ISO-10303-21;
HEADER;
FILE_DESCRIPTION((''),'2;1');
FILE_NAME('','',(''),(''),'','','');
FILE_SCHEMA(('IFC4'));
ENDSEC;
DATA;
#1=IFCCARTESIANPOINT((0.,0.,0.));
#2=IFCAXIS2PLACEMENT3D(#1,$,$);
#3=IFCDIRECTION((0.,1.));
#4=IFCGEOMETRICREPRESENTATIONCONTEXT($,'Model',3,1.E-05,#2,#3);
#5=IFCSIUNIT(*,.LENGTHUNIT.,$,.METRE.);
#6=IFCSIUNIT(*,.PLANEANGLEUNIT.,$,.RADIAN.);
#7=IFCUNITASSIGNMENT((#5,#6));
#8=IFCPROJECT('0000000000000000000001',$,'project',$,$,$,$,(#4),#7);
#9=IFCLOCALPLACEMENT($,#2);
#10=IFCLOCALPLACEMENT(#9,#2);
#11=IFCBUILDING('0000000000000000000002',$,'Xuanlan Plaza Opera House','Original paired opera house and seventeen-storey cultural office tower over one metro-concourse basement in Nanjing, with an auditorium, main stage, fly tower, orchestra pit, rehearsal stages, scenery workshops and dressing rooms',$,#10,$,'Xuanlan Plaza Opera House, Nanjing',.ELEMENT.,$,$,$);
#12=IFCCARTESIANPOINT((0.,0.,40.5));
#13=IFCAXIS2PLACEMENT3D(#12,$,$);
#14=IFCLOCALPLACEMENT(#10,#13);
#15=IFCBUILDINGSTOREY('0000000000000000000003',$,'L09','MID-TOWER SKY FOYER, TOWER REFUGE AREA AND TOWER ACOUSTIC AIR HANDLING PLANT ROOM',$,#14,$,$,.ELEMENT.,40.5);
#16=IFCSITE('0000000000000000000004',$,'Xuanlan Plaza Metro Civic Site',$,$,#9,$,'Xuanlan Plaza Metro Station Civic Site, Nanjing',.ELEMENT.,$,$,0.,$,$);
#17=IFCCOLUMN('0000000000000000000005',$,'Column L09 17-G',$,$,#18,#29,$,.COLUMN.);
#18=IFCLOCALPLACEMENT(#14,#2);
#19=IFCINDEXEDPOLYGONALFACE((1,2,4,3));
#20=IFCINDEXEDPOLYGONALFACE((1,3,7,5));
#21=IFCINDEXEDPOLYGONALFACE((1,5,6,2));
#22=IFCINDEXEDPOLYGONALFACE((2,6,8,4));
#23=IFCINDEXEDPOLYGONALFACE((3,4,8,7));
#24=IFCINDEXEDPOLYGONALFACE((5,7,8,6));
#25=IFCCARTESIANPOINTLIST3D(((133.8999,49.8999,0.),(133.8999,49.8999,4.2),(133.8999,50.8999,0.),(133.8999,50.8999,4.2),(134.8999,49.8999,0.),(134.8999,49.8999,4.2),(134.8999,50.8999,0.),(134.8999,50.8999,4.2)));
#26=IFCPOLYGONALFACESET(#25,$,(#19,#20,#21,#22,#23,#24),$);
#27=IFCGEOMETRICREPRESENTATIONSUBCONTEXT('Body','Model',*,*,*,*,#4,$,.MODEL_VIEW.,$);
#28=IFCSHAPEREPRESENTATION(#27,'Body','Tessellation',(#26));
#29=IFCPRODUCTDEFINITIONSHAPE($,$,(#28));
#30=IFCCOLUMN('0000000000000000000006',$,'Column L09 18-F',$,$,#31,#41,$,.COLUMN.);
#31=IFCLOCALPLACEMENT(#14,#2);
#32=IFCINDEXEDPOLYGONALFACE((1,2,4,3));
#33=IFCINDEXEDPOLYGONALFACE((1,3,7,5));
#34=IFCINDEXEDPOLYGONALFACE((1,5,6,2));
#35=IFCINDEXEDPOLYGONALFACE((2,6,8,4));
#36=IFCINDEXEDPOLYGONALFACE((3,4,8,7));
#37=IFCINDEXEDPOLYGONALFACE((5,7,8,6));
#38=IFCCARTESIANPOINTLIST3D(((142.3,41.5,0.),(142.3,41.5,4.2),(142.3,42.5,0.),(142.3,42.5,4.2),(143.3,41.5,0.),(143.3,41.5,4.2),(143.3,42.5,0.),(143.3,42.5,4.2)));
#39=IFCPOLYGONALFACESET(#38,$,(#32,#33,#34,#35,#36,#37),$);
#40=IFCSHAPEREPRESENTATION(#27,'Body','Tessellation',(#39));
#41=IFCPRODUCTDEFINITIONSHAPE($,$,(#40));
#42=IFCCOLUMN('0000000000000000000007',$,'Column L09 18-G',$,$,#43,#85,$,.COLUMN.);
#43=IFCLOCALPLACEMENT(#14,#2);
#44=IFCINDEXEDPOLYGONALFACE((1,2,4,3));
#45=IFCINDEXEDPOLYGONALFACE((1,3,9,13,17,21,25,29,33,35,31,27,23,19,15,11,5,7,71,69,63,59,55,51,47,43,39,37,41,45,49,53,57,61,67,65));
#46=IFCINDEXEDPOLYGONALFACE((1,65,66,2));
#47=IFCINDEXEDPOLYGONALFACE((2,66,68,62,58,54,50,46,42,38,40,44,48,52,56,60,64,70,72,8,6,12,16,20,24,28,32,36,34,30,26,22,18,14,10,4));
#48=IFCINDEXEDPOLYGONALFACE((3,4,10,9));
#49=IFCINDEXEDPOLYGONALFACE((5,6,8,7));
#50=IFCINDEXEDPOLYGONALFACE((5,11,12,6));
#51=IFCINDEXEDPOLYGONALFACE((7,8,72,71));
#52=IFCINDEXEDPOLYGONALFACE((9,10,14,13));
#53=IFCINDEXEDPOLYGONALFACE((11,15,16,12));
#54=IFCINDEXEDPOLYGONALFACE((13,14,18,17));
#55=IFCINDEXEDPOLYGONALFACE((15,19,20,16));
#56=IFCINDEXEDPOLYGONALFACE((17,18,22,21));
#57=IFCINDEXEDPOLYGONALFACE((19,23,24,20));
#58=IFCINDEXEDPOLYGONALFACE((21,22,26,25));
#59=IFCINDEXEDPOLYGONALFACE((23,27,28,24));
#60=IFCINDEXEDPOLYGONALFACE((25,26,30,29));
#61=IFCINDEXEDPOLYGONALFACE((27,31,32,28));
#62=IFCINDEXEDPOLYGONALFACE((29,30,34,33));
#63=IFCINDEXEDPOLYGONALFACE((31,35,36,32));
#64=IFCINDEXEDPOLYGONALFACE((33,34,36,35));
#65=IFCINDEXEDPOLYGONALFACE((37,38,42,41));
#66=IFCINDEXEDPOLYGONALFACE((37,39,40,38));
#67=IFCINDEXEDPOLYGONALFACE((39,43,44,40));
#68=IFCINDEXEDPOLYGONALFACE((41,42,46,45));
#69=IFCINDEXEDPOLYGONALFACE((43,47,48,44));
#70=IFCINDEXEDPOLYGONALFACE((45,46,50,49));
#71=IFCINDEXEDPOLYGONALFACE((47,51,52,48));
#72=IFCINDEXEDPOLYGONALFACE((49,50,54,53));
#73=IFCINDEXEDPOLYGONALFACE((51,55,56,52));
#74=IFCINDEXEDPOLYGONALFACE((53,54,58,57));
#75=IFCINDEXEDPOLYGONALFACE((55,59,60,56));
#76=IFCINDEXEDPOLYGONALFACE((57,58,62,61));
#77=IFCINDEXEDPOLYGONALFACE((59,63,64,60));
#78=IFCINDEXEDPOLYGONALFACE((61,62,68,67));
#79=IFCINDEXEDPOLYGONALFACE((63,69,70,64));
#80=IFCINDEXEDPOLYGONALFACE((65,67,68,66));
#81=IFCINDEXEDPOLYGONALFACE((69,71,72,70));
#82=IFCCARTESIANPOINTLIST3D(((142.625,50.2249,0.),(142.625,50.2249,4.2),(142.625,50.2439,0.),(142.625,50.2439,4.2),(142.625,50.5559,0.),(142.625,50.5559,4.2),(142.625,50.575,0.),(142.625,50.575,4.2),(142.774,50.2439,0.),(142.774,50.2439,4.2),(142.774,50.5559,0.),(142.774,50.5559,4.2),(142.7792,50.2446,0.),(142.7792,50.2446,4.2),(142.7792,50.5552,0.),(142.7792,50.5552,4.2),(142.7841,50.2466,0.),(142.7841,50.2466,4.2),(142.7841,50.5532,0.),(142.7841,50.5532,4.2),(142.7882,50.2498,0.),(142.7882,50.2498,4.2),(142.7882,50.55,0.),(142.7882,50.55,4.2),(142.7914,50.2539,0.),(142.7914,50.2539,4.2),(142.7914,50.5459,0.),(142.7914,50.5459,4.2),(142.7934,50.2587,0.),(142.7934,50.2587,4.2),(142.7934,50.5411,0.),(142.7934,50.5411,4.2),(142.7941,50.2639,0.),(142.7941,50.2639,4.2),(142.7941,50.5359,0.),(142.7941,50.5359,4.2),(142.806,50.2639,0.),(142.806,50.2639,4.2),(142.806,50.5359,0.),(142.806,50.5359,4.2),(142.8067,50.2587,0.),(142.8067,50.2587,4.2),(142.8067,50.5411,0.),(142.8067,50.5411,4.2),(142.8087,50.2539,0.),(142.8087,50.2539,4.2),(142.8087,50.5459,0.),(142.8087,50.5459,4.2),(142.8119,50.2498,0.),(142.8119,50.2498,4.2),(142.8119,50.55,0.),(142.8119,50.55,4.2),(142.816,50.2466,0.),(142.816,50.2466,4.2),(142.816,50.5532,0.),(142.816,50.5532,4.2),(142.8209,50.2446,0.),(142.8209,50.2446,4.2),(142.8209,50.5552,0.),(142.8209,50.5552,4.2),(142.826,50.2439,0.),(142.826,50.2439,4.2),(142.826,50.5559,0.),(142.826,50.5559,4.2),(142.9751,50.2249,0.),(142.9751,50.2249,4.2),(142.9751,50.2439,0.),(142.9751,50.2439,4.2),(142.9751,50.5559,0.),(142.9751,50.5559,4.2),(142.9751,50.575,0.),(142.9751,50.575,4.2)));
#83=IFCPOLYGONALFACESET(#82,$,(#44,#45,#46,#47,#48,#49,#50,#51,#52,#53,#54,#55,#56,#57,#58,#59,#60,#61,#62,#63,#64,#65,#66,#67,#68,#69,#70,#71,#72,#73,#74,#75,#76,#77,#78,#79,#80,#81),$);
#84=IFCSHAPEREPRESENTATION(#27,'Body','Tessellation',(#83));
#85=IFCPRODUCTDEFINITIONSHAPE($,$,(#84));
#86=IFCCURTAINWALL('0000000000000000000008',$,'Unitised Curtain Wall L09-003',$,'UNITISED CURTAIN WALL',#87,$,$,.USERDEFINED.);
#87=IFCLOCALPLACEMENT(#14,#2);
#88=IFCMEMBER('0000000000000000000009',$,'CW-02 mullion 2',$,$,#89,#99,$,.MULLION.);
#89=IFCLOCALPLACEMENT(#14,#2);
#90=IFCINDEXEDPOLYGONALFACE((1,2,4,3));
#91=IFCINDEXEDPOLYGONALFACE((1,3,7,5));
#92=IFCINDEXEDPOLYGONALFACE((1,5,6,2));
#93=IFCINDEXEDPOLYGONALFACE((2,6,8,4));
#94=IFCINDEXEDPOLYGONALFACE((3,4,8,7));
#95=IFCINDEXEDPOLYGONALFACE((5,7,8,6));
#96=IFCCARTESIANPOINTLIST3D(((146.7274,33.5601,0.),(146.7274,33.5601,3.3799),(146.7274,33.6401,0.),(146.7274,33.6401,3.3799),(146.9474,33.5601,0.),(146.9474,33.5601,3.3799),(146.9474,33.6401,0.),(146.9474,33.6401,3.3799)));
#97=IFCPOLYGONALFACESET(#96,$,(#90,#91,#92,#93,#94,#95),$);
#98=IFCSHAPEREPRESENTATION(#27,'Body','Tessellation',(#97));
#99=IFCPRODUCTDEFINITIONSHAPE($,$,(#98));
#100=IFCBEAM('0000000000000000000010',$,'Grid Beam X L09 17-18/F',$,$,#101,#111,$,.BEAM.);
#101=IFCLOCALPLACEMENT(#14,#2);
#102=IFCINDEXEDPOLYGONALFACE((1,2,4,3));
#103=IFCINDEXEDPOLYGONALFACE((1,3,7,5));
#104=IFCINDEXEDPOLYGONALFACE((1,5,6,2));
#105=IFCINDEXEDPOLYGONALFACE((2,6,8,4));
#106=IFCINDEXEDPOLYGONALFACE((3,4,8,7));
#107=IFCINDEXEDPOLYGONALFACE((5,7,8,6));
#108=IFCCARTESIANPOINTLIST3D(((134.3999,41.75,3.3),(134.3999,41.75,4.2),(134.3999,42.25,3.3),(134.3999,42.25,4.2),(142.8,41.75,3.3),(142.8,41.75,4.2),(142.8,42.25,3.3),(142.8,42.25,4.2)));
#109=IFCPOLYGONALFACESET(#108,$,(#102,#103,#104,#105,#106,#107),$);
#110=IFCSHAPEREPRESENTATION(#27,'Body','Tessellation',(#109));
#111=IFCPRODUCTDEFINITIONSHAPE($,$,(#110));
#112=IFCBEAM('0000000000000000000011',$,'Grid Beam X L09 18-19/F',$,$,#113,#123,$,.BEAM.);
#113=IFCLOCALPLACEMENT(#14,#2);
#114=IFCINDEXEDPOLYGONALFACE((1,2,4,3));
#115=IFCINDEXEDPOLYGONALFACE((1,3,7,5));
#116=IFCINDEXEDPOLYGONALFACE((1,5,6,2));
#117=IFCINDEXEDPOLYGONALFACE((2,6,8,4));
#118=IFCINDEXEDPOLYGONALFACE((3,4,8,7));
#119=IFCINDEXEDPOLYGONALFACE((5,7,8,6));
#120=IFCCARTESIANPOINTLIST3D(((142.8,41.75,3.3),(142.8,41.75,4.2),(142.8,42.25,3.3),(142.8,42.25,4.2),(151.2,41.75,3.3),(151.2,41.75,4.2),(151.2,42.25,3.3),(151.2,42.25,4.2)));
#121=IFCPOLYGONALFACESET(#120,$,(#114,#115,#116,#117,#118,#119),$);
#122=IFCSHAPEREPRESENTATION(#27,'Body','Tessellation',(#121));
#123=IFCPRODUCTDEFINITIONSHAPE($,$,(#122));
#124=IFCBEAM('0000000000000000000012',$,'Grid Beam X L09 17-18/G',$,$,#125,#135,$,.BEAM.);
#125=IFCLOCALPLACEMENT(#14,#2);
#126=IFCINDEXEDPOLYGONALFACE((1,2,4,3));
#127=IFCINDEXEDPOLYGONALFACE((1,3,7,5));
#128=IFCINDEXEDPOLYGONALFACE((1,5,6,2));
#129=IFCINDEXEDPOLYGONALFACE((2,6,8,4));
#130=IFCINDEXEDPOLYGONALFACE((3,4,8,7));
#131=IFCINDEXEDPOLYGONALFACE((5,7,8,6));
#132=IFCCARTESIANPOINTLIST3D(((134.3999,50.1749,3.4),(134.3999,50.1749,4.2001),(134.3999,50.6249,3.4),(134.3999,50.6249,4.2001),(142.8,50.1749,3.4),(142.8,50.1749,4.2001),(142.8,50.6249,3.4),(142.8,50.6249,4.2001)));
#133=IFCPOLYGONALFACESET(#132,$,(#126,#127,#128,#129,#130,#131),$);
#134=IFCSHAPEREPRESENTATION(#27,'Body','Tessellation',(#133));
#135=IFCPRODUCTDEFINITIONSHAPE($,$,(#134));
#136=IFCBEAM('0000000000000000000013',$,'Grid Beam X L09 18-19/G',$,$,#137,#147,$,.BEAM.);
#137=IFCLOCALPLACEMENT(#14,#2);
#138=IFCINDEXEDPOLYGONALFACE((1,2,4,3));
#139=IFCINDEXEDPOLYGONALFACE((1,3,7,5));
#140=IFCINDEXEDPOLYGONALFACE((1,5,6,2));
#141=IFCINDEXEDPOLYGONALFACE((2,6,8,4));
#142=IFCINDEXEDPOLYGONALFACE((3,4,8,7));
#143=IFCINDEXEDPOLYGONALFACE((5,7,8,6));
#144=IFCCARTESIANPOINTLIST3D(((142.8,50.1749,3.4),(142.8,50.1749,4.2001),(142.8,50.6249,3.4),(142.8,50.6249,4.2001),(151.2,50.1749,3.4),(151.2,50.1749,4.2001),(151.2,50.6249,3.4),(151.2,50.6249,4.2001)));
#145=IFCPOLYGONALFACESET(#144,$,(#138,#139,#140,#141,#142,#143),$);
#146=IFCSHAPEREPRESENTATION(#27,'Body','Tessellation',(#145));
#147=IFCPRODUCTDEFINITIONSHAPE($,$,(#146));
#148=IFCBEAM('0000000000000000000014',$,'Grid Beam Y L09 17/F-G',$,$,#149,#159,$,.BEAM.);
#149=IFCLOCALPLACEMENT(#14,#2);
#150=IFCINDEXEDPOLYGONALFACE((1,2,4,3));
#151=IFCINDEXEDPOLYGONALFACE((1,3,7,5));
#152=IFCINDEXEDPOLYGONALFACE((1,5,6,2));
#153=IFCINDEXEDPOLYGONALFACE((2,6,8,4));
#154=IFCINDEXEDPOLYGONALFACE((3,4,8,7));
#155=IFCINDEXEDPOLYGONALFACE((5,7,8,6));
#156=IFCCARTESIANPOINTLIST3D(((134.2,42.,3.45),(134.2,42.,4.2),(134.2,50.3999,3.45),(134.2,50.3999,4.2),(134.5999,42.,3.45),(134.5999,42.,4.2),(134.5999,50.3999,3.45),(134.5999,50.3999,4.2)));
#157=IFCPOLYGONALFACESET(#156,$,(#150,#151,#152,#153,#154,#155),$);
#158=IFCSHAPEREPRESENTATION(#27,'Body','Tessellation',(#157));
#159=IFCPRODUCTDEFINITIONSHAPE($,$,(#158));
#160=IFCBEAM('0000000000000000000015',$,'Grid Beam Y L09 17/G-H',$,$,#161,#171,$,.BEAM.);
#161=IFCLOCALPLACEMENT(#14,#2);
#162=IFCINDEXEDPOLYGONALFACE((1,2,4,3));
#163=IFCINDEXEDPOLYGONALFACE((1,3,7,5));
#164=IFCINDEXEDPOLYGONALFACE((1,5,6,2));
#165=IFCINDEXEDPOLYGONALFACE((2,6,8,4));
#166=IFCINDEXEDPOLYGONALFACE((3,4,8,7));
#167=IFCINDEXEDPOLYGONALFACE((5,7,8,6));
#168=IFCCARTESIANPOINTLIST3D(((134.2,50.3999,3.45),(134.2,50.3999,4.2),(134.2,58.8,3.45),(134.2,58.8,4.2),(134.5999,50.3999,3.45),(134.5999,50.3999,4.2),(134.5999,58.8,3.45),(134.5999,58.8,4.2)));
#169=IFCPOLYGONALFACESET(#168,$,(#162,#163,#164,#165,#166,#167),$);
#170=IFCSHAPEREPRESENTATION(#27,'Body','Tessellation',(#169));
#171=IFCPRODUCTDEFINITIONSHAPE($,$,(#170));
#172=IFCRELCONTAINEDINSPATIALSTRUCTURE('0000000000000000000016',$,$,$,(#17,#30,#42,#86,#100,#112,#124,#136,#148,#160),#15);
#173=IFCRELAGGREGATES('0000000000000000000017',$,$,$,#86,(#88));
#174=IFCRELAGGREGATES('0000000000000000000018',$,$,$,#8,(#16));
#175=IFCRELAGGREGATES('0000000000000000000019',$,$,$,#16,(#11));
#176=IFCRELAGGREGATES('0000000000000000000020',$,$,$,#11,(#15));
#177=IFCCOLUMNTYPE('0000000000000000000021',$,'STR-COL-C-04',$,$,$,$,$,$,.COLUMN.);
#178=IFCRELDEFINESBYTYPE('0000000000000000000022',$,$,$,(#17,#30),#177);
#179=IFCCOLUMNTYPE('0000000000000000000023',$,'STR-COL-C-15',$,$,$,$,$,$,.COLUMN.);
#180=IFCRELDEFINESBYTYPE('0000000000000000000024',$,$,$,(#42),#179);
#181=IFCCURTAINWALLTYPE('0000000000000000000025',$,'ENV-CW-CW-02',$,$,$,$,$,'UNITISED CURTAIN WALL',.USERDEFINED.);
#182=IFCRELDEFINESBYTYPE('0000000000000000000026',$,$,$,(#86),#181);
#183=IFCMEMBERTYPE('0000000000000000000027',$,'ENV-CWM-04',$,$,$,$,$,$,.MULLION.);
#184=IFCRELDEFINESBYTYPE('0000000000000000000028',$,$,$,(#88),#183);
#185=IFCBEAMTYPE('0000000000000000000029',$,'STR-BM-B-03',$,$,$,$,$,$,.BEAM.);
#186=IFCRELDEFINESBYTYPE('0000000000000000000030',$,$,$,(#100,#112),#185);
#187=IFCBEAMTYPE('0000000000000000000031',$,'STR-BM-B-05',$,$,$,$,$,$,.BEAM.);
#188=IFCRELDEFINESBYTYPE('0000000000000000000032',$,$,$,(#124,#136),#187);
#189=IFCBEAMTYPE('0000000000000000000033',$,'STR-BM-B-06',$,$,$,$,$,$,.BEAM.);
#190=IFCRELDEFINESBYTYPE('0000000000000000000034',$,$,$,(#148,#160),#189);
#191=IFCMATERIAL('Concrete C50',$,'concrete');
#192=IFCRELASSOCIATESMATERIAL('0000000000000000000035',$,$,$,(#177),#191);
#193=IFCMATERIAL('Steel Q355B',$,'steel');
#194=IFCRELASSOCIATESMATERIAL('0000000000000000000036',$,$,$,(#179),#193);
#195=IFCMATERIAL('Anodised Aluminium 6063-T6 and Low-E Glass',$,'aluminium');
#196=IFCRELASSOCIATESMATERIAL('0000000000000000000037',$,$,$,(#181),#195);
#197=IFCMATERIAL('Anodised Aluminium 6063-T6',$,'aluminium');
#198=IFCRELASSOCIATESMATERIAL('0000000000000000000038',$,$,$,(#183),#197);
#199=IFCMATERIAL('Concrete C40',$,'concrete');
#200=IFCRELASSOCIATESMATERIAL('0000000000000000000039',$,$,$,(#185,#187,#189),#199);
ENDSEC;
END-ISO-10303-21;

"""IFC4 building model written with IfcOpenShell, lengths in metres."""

from ifc_helpers import new_model, si_unit, direction, frame, origin, origin_2d, place, context, subcontext, project, spatial, rectangle, i_section, extrude, material, material_profile, profile_set, type_object, element, aggregate, save


model = new_model("IFC4")

# Units and contexts
model_context = context("Model", 3, precision=1e-05, world=origin(), true_north=direction((0.0, 1.0)))
body_context = subcontext(model_context, "Body", "Model", "MODEL_VIEW")
ifc_project = project(units=[si_unit("LENGTHUNIT", "METRE"), si_unit("PLANEANGLEUNIT", "RADIAN")], contexts=[model_context])

# Site, building, storey
site_placement = place(None, origin())
site = spatial("IfcSite", under=ifc_project, at=site_placement, Name="Xuanlan Plaza Metro Civic Site", LongName="Xuanlan Plaza Metro Station Civic Site, Nanjing", CompositionType="ELEMENT", RefElevation=0.0)
building_placement = place(site_placement, origin())
building = spatial("IfcBuilding", under=site, at=building_placement, Name="Xuanlan Plaza Opera House", Description="Original paired opera house and seventeen-storey cultural office tower over one metro-concourse basement in Nanjing, with an auditorium, main stage, fly tower, orchestra pit, rehearsal stages, scenery workshops and dressing rooms", LongName="Xuanlan Plaza Opera House, Nanjing", CompositionType="ELEMENT")
storey_placement = place(building_placement, frame((0.0, 0.0, 40.5)))
storey = spatial("IfcBuildingStorey", under=building, at=storey_placement, Name="L09", Description="MID-TOWER SKY FOYER, TOWER REFUGE AREA AND TOWER ACOUSTIC AIR HANDLING PLANT ROOM", CompositionType="ELEMENT", Elevation=40.5)

# Columns
ifc_material_1 = material(Name="Concrete C50", Category="concrete")
ifc_material_profile_1 = material_profile(ifc_material_1, rectangle(XDim=1.0, YDim=1.0, at=origin_2d()), Name="RC-COL 1000x1000")
ifc_profile_set_1 = profile_set([ifc_material_profile_1], Name="Concrete C50")
column_type_1 = type_object("IfcColumnType", Name="STR-COL-C-04", PredefinedType="COLUMN", material=ifc_profile_set_1)
for number, where, z_axis, x_axis, name in (
    (1, (134.3999, 50.3999, 0.0), (0.0, 0.0, 1.0), (1.0, 0.0, 0.0), "Column L09 17-G"),
    (2, (142.8, 42.0, 0.0), (0.0, 0.0, 1.0), (1.0, 0.0, 0.0), "Column L09 18-F"),
):
    element("IfcColumn", number, at=place(storey_placement, frame(where, z_axis=z_axis, x_axis=x_axis)), inside=storey, type_object=column_type_1, Name=name, PredefinedType="COLUMN", context=body_context, shape_type="SweptSolid", body=[
        extrude(rectangle(XDim=1.0, YDim=1.0, at=origin_2d()), origin(), (0.0, 0.0, 1.0), 4.2),
    ])
ifc_material_2 = material(Name="Steel Q355B", Category="steel")
ifc_material_profile_2 = material_profile(ifc_material_2, i_section(OverallWidth=0.3501, OverallDepth=0.3501, WebThickness=0.012, FlangeThickness=0.019, FilletRadius=0.02, at=origin_2d()), Name="HW 350x350x12x19")
ifc_profile_set_2 = profile_set([ifc_material_profile_2], Name="Steel Q355B")
column_type_2 = type_object("IfcColumnType", Name="STR-COL-C-15", PredefinedType="COLUMN", material=ifc_profile_set_2)
column_placement = place(storey_placement, frame((142.8, 50.3999, 0.0), z_axis=(0.0, 0.0, 1.0), x_axis=(1.0, 0.0, 0.0)))
element("IfcColumn", 3, at=column_placement, inside=storey, type_object=column_type_2, Name="Column L09 18-G", PredefinedType="COLUMN", context=body_context, shape_type="SweptSolid", body=[
    extrude(i_section(OverallWidth=0.3501, OverallDepth=0.3501, WebThickness=0.012, FlangeThickness=0.019, FilletRadius=0.02, at=origin_2d()), origin(), (0.0, 0.0, 1.0), 4.2),
])

# Curtain wall, member
ifc_material_3 = material(Name="Anodised Aluminium 6063-T6 and Low-E Glass", Category="aluminium")
curtain_wall_type = type_object("IfcCurtainWallType", Name="ENV-CW-CW-02", ElementType="UNITISED CURTAIN WALL", PredefinedType="USERDEFINED", material=ifc_material_3)
curtain_wall_placement = place(storey_placement, origin())
curtain_wall = element("IfcCurtainWall", 4, at=curtain_wall_placement, inside=storey, type_object=curtain_wall_type, Name="Unitised Curtain Wall L09-003", ObjectType="UNITISED CURTAIN WALL", PredefinedType="USERDEFINED")
ifc_material_4 = material(Name="Anodised Aluminium 6063-T6", Category="aluminium")
ifc_material_profile_3 = material_profile(ifc_material_4, rectangle(XDim=0.0801, YDim=0.22, at=origin_2d()), Name="ALU-M 80x220")
ifc_profile_set_3 = profile_set([ifc_material_profile_3], Name="Anodised Aluminium 6063-T6")
member_type = type_object("IfcMemberType", Name="ENV-CWM-04", PredefinedType="MULLION", material=ifc_profile_set_3)
member_placement = place(storey_placement, frame((146.8374, 33.6001, 0.0), z_axis=(0.0, 0.0, 1.0), x_axis=(0.0, 1.0, 0.0)))
member = element("IfcMember", 5, at=member_placement, type_object=member_type, Name="CW-02 mullion 2", PredefinedType="MULLION", context=body_context, shape_type="SweptSolid", body=[
    extrude(rectangle(XDim=0.0801, YDim=0.22, at=origin_2d()), origin(), (0.0, 0.0, 1.0), 3.3799),
])

# Beams
ifc_material_5 = material(Name="Concrete C40", Category="concrete")
ifc_material_profile_4 = material_profile(ifc_material_5, rectangle(XDim=0.5, YDim=0.8999, at=origin_2d()), Name="RC-BM 500x900")
ifc_profile_set_4 = profile_set([ifc_material_profile_4], Name="Concrete C40")
beam_type_1 = type_object("IfcBeamType", Name="STR-BM-B-03", PredefinedType="BEAM", material=ifc_profile_set_4)
beam_1_placement = place(storey_placement, frame((134.3999, 42.0, 3.75), z_axis=(1.0, 0.0, 0.0), x_axis=(0.0, 1.0, 0.0)))
element("IfcBeam", 6, at=beam_1_placement, inside=storey, type_object=beam_type_1, Name="Grid Beam X L09 17-18/F", PredefinedType="BEAM", context=body_context, shape_type="SweptSolid", body=[
    extrude(rectangle(XDim=0.5, YDim=0.8999, at=origin_2d()), origin(), (0.0, 0.0, 1.0), 8.4001),
])
beam_2_placement = place(storey_placement, frame((142.8, 42.0, 3.75), z_axis=(1.0, 0.0, 0.0), x_axis=(0.0, 1.0, 0.0)))
element("IfcBeam", 7, at=beam_2_placement, inside=storey, type_object=beam_type_1, Name="Grid Beam X L09 18-19/F", PredefinedType="BEAM", context=body_context, shape_type="SweptSolid", body=[
    extrude(rectangle(XDim=0.5, YDim=0.8999, at=origin_2d()), origin(), (0.0, 0.0, 1.0), 8.3999),
])
ifc_material_profile_5 = material_profile(ifc_material_5, rectangle(XDim=0.45, YDim=0.8, at=origin_2d()), Name="RC-BM 450x800")
ifc_profile_set_5 = profile_set([ifc_material_profile_5], Name="Concrete C40")
beam_type_2 = type_object("IfcBeamType", Name="STR-BM-B-05", PredefinedType="BEAM", material=ifc_profile_set_5)
beam_3_placement = place(storey_placement, frame((134.3999, 50.3999, 3.8), z_axis=(1.0, 0.0, 0.0), x_axis=(0.0, 1.0, 0.0)))
element("IfcBeam", 8, at=beam_3_placement, inside=storey, type_object=beam_type_2, Name="Grid Beam X L09 17-18/G", PredefinedType="BEAM", context=body_context, shape_type="SweptSolid", body=[
    extrude(rectangle(XDim=0.45, YDim=0.8, at=origin_2d()), origin(), (0.0, 0.0, 1.0), 8.4001),
])
beam_4_placement = place(storey_placement, frame((142.8, 50.3999, 3.8), z_axis=(1.0, 0.0, 0.0), x_axis=(0.0, 1.0, 0.0)))
element("IfcBeam", 9, at=beam_4_placement, inside=storey, type_object=beam_type_2, Name="Grid Beam X L09 18-19/G", PredefinedType="BEAM", context=body_context, shape_type="SweptSolid", body=[
    extrude(rectangle(XDim=0.45, YDim=0.8, at=origin_2d()), origin(), (0.0, 0.0, 1.0), 8.3999),
])
ifc_material_profile_6 = material_profile(ifc_material_5, rectangle(XDim=0.3999, YDim=0.75, at=origin_2d()), Name="RC-BM 400x750")
ifc_profile_set_6 = profile_set([ifc_material_profile_6], Name="Concrete C40")
beam_type_3 = type_object("IfcBeamType", Name="STR-BM-B-06", PredefinedType="BEAM", material=ifc_profile_set_6)
beam_5_placement = place(storey_placement, frame((134.3999, 42.0, 3.825), z_axis=(0.0, 1.0, 0.0), x_axis=(-1.0, 0.0, 0.0)))
element("IfcBeam", 10, at=beam_5_placement, inside=storey, type_object=beam_type_3, Name="Grid Beam Y L09 17/F-G", PredefinedType="BEAM", context=body_context, shape_type="SweptSolid", body=[
    extrude(rectangle(XDim=0.3999, YDim=0.75, at=origin_2d()), origin(), (0.0, 0.0, 1.0), 8.3999),
])
beam_6_placement = place(storey_placement, frame((134.3999, 50.3999, 3.825), z_axis=(0.0, 1.0, 0.0), x_axis=(-1.0, 0.0, 0.0)))
element("IfcBeam", 11, at=beam_6_placement, inside=storey, type_object=beam_type_3, Name="Grid Beam Y L09 17/G-H", PredefinedType="BEAM", context=body_context, shape_type="SweptSolid", body=[
    extrude(rectangle(XDim=0.3999, YDim=0.75, at=origin_2d()), origin(), (0.0, 0.0, 1.0), 8.4001),
])

aggregate(curtain_wall, [member])

save(model, "model.ifc")
